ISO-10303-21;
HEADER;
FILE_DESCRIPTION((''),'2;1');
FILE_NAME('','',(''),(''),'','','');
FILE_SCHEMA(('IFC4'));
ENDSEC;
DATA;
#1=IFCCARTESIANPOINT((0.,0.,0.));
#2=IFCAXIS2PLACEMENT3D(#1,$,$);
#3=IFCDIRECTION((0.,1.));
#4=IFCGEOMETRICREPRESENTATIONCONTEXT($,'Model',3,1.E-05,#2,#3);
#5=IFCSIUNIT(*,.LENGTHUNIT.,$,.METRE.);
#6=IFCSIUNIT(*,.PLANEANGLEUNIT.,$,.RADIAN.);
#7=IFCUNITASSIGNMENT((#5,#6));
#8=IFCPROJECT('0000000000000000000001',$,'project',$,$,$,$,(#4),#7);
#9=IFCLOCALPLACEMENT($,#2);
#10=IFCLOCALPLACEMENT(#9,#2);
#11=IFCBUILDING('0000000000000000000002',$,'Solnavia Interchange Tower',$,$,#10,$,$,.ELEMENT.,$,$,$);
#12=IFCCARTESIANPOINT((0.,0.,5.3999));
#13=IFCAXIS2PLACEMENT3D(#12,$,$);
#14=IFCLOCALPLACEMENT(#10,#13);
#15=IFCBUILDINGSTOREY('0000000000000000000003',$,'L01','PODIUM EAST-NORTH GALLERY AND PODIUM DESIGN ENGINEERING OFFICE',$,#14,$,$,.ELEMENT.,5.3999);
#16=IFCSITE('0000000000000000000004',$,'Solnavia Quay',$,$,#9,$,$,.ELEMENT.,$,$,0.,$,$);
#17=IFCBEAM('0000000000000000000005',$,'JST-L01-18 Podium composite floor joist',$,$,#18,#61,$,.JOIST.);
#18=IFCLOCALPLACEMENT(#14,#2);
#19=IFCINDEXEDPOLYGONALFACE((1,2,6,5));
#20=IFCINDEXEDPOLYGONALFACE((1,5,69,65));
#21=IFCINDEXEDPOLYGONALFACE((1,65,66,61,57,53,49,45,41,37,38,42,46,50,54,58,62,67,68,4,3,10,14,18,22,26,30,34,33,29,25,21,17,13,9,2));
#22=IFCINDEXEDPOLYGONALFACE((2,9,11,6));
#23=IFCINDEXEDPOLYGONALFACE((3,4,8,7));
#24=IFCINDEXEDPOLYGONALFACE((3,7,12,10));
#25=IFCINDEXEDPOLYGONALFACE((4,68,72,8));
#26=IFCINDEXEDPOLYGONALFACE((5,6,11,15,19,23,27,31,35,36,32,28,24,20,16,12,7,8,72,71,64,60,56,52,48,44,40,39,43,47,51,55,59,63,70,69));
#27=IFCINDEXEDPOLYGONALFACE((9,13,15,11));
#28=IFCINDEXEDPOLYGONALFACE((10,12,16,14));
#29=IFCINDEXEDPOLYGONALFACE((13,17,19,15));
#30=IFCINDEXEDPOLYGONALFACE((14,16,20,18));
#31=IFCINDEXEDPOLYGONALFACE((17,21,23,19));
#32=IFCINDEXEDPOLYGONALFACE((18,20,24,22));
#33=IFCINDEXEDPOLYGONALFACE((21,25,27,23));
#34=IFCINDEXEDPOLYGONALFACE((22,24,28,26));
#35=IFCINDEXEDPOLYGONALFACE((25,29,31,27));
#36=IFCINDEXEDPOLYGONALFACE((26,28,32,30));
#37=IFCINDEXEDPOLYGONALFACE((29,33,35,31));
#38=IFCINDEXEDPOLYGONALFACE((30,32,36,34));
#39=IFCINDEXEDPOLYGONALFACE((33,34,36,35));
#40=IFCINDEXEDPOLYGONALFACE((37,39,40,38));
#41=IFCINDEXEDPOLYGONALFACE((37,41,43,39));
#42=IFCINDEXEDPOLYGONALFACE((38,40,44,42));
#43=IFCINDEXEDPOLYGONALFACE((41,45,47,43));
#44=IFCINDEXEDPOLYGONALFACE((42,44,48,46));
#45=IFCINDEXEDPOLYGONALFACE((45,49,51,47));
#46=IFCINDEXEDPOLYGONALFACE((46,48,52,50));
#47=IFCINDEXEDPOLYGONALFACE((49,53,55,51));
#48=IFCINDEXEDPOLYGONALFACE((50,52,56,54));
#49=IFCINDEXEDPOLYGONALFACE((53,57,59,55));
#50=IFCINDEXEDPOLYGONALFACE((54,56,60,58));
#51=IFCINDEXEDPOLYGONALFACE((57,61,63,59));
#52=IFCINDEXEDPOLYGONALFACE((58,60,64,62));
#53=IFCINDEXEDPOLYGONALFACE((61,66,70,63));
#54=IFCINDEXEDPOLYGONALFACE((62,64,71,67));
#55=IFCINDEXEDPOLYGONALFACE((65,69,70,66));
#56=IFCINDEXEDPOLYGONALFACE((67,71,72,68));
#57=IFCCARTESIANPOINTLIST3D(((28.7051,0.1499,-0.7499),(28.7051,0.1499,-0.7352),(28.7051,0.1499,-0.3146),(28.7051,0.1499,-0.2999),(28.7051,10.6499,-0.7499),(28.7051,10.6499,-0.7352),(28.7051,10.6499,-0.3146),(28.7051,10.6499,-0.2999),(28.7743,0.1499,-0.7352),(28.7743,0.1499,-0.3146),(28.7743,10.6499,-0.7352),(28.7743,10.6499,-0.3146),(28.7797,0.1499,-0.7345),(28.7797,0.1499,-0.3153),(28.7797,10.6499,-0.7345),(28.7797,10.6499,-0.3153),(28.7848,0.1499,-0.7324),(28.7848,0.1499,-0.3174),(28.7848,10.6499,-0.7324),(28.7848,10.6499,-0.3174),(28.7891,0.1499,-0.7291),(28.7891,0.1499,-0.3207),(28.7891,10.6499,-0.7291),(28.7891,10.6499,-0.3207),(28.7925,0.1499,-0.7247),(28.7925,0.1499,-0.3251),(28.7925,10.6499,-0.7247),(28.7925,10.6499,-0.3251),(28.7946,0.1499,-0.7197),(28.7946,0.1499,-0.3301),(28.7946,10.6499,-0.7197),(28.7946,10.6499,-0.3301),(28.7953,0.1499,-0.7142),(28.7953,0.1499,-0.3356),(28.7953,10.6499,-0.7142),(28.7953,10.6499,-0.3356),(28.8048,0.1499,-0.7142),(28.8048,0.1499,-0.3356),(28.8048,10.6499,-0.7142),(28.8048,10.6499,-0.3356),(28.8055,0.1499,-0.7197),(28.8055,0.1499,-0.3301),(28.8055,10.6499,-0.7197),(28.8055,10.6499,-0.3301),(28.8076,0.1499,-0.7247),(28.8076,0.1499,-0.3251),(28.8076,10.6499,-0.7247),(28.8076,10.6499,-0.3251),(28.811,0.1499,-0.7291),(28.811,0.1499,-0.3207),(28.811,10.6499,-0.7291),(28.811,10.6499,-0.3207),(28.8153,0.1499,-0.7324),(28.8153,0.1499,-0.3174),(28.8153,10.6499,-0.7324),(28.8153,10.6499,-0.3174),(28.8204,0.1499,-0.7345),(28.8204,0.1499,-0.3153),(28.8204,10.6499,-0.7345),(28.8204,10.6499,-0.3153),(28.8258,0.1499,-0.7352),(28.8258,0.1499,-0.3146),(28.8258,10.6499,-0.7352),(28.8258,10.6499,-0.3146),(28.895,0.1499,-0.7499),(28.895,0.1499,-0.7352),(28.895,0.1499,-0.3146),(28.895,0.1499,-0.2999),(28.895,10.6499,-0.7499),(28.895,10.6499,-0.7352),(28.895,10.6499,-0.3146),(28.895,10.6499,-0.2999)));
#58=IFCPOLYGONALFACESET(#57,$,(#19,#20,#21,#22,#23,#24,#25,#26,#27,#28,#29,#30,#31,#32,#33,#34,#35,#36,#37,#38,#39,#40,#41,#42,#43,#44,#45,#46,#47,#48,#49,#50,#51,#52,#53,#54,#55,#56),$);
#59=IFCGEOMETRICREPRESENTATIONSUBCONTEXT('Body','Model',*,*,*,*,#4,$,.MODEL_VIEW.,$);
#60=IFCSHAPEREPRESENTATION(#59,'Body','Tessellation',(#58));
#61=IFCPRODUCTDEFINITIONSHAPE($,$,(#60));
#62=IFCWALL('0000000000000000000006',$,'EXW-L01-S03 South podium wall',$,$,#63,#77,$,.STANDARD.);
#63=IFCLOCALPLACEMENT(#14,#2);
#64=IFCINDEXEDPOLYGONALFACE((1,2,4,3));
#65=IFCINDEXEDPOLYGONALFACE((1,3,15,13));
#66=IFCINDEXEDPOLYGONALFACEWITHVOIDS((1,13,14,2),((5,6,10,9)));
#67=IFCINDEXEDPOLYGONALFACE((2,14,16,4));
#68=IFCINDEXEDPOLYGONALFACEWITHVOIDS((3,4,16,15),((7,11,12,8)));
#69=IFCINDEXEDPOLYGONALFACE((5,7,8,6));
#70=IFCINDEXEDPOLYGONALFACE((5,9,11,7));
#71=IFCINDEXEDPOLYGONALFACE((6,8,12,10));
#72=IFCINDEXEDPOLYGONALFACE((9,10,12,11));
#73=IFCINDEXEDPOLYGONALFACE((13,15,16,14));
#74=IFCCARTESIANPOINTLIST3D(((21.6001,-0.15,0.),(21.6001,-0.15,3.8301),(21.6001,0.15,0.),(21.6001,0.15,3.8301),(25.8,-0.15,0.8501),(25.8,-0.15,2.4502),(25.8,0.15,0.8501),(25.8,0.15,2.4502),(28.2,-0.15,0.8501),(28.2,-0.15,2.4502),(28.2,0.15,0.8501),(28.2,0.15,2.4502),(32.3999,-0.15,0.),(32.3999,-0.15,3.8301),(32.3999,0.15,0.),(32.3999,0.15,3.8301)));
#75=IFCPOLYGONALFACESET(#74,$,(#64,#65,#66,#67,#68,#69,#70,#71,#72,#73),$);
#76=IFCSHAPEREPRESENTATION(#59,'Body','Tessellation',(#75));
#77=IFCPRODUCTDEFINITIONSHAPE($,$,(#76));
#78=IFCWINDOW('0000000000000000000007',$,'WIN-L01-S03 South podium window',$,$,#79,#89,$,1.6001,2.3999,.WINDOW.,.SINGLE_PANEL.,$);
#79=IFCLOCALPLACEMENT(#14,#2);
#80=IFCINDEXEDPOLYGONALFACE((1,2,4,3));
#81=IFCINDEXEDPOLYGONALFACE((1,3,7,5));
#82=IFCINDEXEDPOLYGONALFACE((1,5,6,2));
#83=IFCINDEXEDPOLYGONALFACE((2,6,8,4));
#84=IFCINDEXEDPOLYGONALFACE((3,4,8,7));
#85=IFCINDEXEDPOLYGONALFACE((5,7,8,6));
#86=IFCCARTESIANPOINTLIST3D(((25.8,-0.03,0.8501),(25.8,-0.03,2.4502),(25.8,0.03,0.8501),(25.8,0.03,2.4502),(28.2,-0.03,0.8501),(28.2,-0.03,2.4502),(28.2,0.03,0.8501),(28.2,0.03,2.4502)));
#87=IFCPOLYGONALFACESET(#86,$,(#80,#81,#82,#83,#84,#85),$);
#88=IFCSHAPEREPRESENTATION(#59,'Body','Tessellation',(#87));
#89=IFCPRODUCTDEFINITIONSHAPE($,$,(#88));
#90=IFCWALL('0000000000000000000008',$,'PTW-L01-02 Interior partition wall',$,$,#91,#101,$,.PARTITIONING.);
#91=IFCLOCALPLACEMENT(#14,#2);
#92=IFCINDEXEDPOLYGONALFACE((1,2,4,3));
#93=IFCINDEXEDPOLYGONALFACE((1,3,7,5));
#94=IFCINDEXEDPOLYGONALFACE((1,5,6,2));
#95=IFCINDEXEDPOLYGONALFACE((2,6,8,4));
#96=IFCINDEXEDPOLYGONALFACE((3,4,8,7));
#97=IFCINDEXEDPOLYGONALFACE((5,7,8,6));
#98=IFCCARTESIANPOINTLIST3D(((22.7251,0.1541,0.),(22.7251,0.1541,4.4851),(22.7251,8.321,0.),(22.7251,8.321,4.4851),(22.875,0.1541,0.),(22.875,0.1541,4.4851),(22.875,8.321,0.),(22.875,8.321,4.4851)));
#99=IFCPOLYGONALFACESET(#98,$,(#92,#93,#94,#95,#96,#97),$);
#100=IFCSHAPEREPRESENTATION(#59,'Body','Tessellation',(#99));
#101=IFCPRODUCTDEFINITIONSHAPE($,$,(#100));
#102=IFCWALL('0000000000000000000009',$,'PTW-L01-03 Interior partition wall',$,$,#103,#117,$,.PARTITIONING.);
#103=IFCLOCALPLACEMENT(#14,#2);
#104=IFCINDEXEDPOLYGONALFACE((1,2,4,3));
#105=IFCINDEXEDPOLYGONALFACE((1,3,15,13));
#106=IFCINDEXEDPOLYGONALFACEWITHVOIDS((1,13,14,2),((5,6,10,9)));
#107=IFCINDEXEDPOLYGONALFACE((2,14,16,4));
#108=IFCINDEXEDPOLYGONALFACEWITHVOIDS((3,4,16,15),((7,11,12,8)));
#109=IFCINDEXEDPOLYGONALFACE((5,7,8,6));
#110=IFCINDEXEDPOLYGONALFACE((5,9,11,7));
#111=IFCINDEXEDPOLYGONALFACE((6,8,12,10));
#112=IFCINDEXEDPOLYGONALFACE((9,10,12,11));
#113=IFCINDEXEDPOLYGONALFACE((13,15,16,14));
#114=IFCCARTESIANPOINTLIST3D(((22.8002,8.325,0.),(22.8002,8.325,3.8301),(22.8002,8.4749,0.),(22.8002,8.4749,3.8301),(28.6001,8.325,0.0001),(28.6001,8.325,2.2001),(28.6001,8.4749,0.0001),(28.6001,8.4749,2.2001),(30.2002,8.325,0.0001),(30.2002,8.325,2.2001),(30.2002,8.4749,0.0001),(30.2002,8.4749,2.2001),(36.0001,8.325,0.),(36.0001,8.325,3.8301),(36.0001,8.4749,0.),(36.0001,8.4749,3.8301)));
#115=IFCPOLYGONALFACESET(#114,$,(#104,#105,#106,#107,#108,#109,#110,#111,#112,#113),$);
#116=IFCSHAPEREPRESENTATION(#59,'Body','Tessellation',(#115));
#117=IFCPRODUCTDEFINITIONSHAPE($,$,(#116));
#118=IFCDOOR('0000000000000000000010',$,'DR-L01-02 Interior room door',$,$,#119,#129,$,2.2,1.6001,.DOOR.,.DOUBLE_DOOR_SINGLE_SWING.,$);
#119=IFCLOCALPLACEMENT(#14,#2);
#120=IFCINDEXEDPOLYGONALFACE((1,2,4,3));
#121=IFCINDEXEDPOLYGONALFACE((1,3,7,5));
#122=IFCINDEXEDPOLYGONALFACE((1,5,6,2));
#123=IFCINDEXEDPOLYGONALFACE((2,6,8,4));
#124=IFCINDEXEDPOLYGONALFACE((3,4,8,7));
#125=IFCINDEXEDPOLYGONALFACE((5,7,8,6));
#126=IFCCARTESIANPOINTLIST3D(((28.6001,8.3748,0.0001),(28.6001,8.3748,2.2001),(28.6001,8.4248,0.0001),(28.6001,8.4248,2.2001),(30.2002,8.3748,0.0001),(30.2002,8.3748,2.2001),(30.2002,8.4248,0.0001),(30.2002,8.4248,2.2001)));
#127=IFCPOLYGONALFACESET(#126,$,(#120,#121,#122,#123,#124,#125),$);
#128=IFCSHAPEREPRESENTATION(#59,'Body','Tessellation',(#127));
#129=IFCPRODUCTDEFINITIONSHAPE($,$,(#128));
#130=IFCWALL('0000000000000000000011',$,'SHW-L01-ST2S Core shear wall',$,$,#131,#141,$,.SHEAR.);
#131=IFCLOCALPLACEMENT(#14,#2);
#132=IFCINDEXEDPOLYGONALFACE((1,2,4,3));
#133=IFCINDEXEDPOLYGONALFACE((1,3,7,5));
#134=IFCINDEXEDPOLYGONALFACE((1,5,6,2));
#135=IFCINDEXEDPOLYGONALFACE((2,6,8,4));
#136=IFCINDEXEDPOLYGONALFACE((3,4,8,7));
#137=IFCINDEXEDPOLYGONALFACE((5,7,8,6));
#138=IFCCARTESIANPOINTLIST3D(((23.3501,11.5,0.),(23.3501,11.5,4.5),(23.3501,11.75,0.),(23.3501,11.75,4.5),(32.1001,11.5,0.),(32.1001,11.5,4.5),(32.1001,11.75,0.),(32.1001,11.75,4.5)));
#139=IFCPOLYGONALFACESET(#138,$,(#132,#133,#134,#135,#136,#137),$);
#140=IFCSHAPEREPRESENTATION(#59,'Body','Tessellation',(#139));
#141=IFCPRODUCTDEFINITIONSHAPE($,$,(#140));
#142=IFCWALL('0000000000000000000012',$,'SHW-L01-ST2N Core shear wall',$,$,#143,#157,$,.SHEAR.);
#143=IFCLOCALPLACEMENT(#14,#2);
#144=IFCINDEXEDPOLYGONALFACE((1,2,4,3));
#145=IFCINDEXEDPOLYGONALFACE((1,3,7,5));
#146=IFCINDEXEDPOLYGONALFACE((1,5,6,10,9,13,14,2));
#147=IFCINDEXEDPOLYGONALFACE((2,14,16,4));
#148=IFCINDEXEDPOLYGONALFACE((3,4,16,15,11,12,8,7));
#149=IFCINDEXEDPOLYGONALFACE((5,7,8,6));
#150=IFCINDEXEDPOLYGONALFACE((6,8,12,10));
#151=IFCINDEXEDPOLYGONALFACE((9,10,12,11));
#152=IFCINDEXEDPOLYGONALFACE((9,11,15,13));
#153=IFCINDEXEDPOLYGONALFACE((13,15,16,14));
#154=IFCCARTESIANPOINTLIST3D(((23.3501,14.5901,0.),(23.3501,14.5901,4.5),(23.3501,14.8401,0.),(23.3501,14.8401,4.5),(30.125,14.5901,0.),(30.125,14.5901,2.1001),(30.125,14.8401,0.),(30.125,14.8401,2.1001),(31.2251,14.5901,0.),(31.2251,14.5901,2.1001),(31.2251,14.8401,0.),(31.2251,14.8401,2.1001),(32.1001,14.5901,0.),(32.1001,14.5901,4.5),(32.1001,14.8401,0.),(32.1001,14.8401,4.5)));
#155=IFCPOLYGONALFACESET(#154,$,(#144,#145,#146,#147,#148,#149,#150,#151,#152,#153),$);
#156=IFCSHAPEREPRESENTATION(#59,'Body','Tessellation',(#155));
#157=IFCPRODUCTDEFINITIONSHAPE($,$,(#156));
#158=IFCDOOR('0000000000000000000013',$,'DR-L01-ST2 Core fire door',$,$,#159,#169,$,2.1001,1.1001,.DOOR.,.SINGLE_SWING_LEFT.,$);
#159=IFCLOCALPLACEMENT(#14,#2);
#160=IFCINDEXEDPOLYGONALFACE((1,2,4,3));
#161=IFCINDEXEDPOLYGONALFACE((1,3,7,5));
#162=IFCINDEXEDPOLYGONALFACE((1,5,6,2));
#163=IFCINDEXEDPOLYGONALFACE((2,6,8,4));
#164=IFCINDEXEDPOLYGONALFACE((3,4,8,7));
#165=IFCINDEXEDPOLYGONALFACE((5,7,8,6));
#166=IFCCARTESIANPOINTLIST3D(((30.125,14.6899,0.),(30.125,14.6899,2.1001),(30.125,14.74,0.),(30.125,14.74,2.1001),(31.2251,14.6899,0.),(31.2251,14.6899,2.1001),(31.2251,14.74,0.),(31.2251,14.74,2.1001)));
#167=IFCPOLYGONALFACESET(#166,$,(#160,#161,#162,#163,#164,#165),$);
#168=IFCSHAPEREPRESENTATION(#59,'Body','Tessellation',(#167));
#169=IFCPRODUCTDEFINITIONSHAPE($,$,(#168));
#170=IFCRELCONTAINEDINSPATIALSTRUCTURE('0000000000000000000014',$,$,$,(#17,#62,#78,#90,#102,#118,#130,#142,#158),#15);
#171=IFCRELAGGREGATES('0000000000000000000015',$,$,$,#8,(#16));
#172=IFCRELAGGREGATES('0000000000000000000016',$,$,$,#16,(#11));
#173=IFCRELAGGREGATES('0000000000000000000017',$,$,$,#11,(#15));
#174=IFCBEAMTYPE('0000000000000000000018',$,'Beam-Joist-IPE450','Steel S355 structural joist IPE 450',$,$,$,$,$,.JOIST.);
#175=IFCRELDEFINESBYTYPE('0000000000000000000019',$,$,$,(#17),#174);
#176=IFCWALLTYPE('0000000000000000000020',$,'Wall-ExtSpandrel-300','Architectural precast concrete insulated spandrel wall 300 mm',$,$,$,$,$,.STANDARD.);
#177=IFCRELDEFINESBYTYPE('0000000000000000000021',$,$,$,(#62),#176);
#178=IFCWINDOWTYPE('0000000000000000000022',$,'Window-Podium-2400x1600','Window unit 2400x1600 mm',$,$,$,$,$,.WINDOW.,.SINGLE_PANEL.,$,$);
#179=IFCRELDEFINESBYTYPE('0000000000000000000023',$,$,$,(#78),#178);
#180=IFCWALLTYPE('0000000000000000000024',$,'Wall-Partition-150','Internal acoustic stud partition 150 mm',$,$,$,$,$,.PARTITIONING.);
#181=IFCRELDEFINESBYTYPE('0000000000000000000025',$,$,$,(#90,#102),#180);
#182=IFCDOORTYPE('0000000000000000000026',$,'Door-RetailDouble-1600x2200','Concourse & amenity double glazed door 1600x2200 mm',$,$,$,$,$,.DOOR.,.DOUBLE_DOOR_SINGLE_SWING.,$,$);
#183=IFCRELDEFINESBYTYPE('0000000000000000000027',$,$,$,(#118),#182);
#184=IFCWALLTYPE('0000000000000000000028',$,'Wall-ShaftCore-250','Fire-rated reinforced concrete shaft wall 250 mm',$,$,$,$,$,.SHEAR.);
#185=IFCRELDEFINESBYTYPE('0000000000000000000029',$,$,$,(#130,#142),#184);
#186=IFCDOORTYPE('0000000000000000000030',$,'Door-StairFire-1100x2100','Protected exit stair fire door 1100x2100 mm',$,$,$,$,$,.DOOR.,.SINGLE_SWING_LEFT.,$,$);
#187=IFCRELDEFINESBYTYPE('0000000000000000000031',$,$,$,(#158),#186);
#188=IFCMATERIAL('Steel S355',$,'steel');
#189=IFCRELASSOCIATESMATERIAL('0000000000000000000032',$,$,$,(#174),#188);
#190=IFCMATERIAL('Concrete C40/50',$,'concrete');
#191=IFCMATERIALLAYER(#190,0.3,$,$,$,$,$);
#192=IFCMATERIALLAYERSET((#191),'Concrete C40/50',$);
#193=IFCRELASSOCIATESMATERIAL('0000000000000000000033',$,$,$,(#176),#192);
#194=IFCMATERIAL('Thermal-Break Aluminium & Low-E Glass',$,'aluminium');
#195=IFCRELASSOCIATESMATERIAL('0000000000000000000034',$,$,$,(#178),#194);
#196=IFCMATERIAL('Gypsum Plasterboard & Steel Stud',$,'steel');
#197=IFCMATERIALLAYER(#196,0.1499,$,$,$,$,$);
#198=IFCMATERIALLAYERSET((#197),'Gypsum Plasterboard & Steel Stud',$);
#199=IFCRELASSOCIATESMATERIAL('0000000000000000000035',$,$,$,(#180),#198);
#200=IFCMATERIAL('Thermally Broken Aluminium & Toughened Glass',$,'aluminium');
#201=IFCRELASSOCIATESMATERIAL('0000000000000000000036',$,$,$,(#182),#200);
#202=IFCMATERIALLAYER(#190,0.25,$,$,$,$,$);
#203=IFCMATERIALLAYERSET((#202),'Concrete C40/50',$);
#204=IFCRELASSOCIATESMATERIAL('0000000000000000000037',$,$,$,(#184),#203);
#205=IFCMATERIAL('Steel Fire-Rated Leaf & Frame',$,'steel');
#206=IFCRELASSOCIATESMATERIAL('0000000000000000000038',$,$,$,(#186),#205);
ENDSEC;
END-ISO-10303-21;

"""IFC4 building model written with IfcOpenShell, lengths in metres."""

from ifc_helpers import new_model, si_unit, direction, frame, frame_2d, origin, origin_2d, place, context, subcontext, project, spatial, rectangle, i_section, extrude, material, layer, layer_set, material_profile, profile_set, type_object, element, fill, save


model = new_model("IFC4")

# Units and contexts
model_context = context("Model", 3, precision=1e-05, world=origin(), true_north=direction((0.0, 1.0)))
body_context = subcontext(model_context, "Body", "Model", "MODEL_VIEW")
ifc_project = project(units=[si_unit("LENGTHUNIT", "METRE"), si_unit("PLANEANGLEUNIT", "RADIAN")], contexts=[model_context])

# Site, building, storey
site_placement = place(None, origin())
site = spatial("IfcSite", under=ifc_project, at=site_placement, Name="Solnavia Quay", CompositionType="ELEMENT", RefElevation=0.0)
building_placement = place(site_placement, origin())
building = spatial("IfcBuilding", under=site, at=building_placement, Name="Solnavia Interchange Tower", CompositionType="ELEMENT")
storey_placement = place(building_placement, frame((0.0, 0.0, 5.3999)))
storey = spatial("IfcBuildingStorey", under=building, at=storey_placement, Name="L01", Description="PODIUM EAST-NORTH GALLERY AND PODIUM DESIGN ENGINEERING OFFICE", CompositionType="ELEMENT", Elevation=5.3999)

# Beam
ifc_material_1 = material(Name="Steel S355", Category="steel")
ifc_material_profile_1 = material_profile(ifc_material_1, i_section(OverallWidth=0.1899, OverallDepth=0.45, WebThickness=0.0095, FlangeThickness=0.0146, FilletRadius=0.021, at=origin_2d()), Name="IPE 450")
ifc_profile_set_1 = profile_set([ifc_material_profile_1], Name="Steel S355")
beam_type_1 = type_object("IfcBeamType", Name="Beam-Joist-IPE450", Description="Steel S355 structural joist IPE 450", PredefinedType="JOIST", material=ifc_profile_set_1)
for number, where, z_axis, x_axis, name in (
    (1, (28.8, 0.1499, -0.5249), (0.0, 1.0, 0.0), (-1.0, 0.0, 0.0), "JST-L01-18 Podium composite floor joist"),
):
    element("IfcBeam", number, at=place(storey_placement, frame(where, z_axis=z_axis, x_axis=x_axis)), inside=storey, type_object=beam_type_1, Name=name, PredefinedType="JOIST", context=body_context, shape_type="SweptSolid", body=[
        extrude(i_section(OverallWidth=0.1899, OverallDepth=0.45, WebThickness=0.0095, FlangeThickness=0.0146, FilletRadius=0.021, at=origin_2d()), origin(), (0.0, 0.0, 1.0), 10.5),
    ])

# Wall, opening, window
ifc_material_2 = material(Name="Concrete C40/50", Category="concrete")
ifc_layer_1 = layer(ifc_material_2, 0.3)
ifc_layer_set_1 = layer_set([ifc_layer_1], Name="Concrete C40/50")
wall_type_1 = type_object("IfcWallType", Name="Wall-ExtSpandrel-300", Description="Architectural precast concrete insulated spandrel wall 300 mm", PredefinedType="STANDARD", material=ifc_layer_set_1)
wall_1_placement = place(storey_placement, frame((32.3999, 0.0, 0.0), z_axis=(0.0, 0.0, 1.0), x_axis=(-1.0, 0.0, 0.0)))
wall_1 = element("IfcWall", 2, at=wall_1_placement, inside=storey, type_object=wall_type_1, Name="EXW-L01-S03 South podium wall", PredefinedType="STANDARD", context=body_context, shape_type="SweptSolid", body=[
    extrude(rectangle(XDim=10.7998, YDim=0.3, at=frame_2d((5.3999, 0.0))), origin(), (0.0, 0.0, 1.0), 3.8301),
])
opening_1_placement = place(wall_1_placement, frame((4.2, 0.0, 0.8501)))
opening_1 = element("IfcOpeningElement", 3, at=opening_1_placement, cuts=wall_1, PredefinedType="OPENING", context=body_context, shape_type="SweptSolid", body=[
    extrude(rectangle(XDim=2.3999, YDim=1.6001, at=frame_2d((1.2, 0.8))), frame((0.0, 0.1602, 0.0), z_axis=(0.0, -1.0, 0.0), x_axis=(1.0, 0.0, 0.0)), (0.0, 0.0, 1.0), 0.3201),
])
ifc_material_3 = material(Name="Thermal-Break Aluminium & Low-E Glass", Category="aluminium")
window_type = type_object("IfcWindowType", Name="Window-Podium-2400x1600", Description="Window unit 2400x1600 mm", PartitioningType="SINGLE_PANEL", PredefinedType="WINDOW", material=ifc_material_3)
window_placement = place(opening_1_placement, origin())
window = element("IfcWindow", 4, at=window_placement, inside=storey, type_object=window_type, Name="WIN-L01-S03 South podium window", OverallHeight=1.6001, OverallWidth=2.3999, PartitioningType="SINGLE_PANEL", PredefinedType="WINDOW", context=body_context, shape_type="SweptSolid", body=[
    extrude(rectangle(XDim=2.3999, YDim=1.6001, at=frame_2d((1.2, 0.8))), frame((0.0, 0.03, 0.0), z_axis=(0.0, -1.0, 0.0), x_axis=(1.0, 0.0, 0.0)), (0.0, 0.0, 1.0), 0.0601),
])
fill(opening_1, window)

# Wall
ifc_material_4 = material(Name="Gypsum Plasterboard & Steel Stud", Category="steel")
ifc_layer_2 = layer(ifc_material_4, 0.1499)
ifc_layer_set_2 = layer_set([ifc_layer_2], Name="Gypsum Plasterboard & Steel Stud")
wall_type_2 = type_object("IfcWallType", Name="Wall-Partition-150", Description="Internal acoustic stud partition 150 mm", PredefinedType="PARTITIONING", material=ifc_layer_set_2)
wall_2_placement = place(storey_placement, frame((22.8, 0.1541, 0.0), z_axis=(0.0, 0.0, 1.0), x_axis=(0.0, 1.0, 0.0)))
element("IfcWall", 5, at=wall_2_placement, inside=storey, type_object=wall_type_2, Name="PTW-L01-02 Interior partition wall", PredefinedType="PARTITIONING", context=body_context, shape_type="SweptSolid", body=[
    extrude(rectangle(XDim=8.167, YDim=0.1499, at=frame_2d((4.0835, 0.0))), origin(), (0.0, 0.0, 1.0), 4.4851),
])

# Wall, opening, door
wall_3_placement = place(storey_placement, frame((22.8, 8.3999, 0.0), z_axis=(0.0, 0.0, 1.0), x_axis=(1.0, 0.0, 0.0)))
wall_3 = element("IfcWall", 6, at=wall_3_placement, inside=storey, type_object=wall_type_2, Name="PTW-L01-03 Interior partition wall", PredefinedType="PARTITIONING", context=body_context, shape_type="SweptSolid", body=[
    extrude(rectangle(XDim=13.2, YDim=0.1499, at=frame_2d((6.6001, 0.0))), origin(), (0.0, 0.0, 1.0), 3.8301),
])
opening_2_placement = place(wall_3_placement, frame((5.8, 0.0, 0.0)))
opening_2 = element("IfcOpeningElement", 7, at=opening_2_placement, cuts=wall_3, PredefinedType="OPENING", context=body_context, shape_type="SweptSolid", body=[
    extrude(rectangle(XDim=1.6001, YDim=2.2, at=frame_2d((0.8, 1.1001))), frame((0.0, 0.085, 0.0), z_axis=(0.0, -1.0, 0.0), x_axis=(1.0, 0.0, 0.0)), (0.0, 0.0, 1.0), 0.1699),
])
ifc_material_5 = material(Name="Thermally Broken Aluminium & Toughened Glass", Category="aluminium")
door_type_1 = type_object("IfcDoorType", Name="Door-RetailDouble-1600x2200", Description="Concourse & amenity double glazed door 1600x2200 mm", OperationType="DOUBLE_DOOR_SINGLE_SWING", PredefinedType="DOOR", material=ifc_material_5)
door_1_placement = place(opening_2_placement, origin())
door_1 = element("IfcDoor", 8, at=door_1_placement, inside=storey, type_object=door_type_1, Name="DR-L01-02 Interior room door", OperationType="DOUBLE_DOOR_SINGLE_SWING", OverallHeight=2.2, OverallWidth=1.6001, PredefinedType="DOOR", context=body_context, shape_type="SweptSolid", body=[
    extrude(rectangle(XDim=1.6001, YDim=2.2, at=frame_2d((0.8, 1.1001))), frame((0.0, 0.0249, 0.0), z_axis=(0.0, -1.0, 0.0), x_axis=(1.0, 0.0, 0.0)), (0.0, 0.0, 1.0), 0.05),
])
fill(opening_2, door_1)

# Wall
ifc_layer_3 = layer(ifc_material_2, 0.25)
ifc_layer_set_3 = layer_set([ifc_layer_3], Name="Concrete C40/50")
wall_type_3 = type_object("IfcWallType", Name="Wall-ShaftCore-250", Description="Fire-rated reinforced concrete shaft wall 250 mm", PredefinedType="SHEAR", material=ifc_layer_set_3)
wall_4_placement = place(storey_placement, frame((23.3501, 11.625, 0.0), z_axis=(0.0, 0.0, 1.0), x_axis=(1.0, 0.0, 0.0)))
element("IfcWall", 9, at=wall_4_placement, inside=storey, type_object=wall_type_3, Name="SHW-L01-ST2S Core shear wall", PredefinedType="SHEAR", context=body_context, shape_type="SweptSolid", body=[
    extrude(rectangle(XDim=8.75, YDim=0.25, at=frame_2d((4.375, 0.0))), origin(), (0.0, 0.0, 1.0), 4.5),
])

# Wall, opening, door
wall_5_placement = place(storey_placement, frame((23.3501, 14.7151, 0.0), z_axis=(0.0, 0.0, 1.0), x_axis=(1.0, 0.0, 0.0)))
wall_5 = element("IfcWall", 10, at=wall_5_placement, inside=storey, type_object=wall_type_3, Name="SHW-L01-ST2N Core shear wall", PredefinedType="SHEAR", context=body_context, shape_type="SweptSolid", body=[
    extrude(rectangle(XDim=8.75, YDim=0.25, at=frame_2d((4.375, 0.0))), origin(), (0.0, 0.0, 1.0), 4.5),
])
opening_3_placement = place(wall_5_placement, frame((6.7749, 0.0, 0.0)))
opening_3 = element("IfcOpeningElement", 11, at=opening_3_placement, cuts=wall_5, PredefinedType="OPENING", context=body_context, shape_type="SweptSolid", body=[
    extrude(rectangle(XDim=1.1001, YDim=2.1001, at=frame_2d((0.55, 1.05))), frame((0.0, 0.135, 0.0), z_axis=(0.0, -1.0, 0.0), x_axis=(1.0, 0.0, 0.0)), (0.0, 0.0, 1.0), 0.27),
])
ifc_material_6 = material(Name="Steel Fire-Rated Leaf & Frame", Category="steel")
door_type_2 = type_object("IfcDoorType", Name="Door-StairFire-1100x2100", Description="Protected exit stair fire door 1100x2100 mm", OperationType="SINGLE_SWING_LEFT", PredefinedType="DOOR", material=ifc_material_6)
door_2_placement = place(opening_3_placement, origin())
door_2 = element("IfcDoor", 12, at=door_2_placement, inside=storey, type_object=door_type_2, Name="DR-L01-ST2 Core fire door", OperationType="SINGLE_SWING_LEFT", OverallHeight=2.1001, OverallWidth=1.1001, PredefinedType="DOOR", context=body_context, shape_type="SweptSolid", body=[
    extrude(rectangle(XDim=1.1001, YDim=2.1001, at=frame_2d((0.55, 1.05))), frame((0.0, 0.0249, 0.0), z_axis=(0.0, -1.0, 0.0), x_axis=(1.0, 0.0, 0.0)), (0.0, 0.0, 1.0), 0.05),
])
fill(opening_3, door_2)

save(model, "model.ifc")
